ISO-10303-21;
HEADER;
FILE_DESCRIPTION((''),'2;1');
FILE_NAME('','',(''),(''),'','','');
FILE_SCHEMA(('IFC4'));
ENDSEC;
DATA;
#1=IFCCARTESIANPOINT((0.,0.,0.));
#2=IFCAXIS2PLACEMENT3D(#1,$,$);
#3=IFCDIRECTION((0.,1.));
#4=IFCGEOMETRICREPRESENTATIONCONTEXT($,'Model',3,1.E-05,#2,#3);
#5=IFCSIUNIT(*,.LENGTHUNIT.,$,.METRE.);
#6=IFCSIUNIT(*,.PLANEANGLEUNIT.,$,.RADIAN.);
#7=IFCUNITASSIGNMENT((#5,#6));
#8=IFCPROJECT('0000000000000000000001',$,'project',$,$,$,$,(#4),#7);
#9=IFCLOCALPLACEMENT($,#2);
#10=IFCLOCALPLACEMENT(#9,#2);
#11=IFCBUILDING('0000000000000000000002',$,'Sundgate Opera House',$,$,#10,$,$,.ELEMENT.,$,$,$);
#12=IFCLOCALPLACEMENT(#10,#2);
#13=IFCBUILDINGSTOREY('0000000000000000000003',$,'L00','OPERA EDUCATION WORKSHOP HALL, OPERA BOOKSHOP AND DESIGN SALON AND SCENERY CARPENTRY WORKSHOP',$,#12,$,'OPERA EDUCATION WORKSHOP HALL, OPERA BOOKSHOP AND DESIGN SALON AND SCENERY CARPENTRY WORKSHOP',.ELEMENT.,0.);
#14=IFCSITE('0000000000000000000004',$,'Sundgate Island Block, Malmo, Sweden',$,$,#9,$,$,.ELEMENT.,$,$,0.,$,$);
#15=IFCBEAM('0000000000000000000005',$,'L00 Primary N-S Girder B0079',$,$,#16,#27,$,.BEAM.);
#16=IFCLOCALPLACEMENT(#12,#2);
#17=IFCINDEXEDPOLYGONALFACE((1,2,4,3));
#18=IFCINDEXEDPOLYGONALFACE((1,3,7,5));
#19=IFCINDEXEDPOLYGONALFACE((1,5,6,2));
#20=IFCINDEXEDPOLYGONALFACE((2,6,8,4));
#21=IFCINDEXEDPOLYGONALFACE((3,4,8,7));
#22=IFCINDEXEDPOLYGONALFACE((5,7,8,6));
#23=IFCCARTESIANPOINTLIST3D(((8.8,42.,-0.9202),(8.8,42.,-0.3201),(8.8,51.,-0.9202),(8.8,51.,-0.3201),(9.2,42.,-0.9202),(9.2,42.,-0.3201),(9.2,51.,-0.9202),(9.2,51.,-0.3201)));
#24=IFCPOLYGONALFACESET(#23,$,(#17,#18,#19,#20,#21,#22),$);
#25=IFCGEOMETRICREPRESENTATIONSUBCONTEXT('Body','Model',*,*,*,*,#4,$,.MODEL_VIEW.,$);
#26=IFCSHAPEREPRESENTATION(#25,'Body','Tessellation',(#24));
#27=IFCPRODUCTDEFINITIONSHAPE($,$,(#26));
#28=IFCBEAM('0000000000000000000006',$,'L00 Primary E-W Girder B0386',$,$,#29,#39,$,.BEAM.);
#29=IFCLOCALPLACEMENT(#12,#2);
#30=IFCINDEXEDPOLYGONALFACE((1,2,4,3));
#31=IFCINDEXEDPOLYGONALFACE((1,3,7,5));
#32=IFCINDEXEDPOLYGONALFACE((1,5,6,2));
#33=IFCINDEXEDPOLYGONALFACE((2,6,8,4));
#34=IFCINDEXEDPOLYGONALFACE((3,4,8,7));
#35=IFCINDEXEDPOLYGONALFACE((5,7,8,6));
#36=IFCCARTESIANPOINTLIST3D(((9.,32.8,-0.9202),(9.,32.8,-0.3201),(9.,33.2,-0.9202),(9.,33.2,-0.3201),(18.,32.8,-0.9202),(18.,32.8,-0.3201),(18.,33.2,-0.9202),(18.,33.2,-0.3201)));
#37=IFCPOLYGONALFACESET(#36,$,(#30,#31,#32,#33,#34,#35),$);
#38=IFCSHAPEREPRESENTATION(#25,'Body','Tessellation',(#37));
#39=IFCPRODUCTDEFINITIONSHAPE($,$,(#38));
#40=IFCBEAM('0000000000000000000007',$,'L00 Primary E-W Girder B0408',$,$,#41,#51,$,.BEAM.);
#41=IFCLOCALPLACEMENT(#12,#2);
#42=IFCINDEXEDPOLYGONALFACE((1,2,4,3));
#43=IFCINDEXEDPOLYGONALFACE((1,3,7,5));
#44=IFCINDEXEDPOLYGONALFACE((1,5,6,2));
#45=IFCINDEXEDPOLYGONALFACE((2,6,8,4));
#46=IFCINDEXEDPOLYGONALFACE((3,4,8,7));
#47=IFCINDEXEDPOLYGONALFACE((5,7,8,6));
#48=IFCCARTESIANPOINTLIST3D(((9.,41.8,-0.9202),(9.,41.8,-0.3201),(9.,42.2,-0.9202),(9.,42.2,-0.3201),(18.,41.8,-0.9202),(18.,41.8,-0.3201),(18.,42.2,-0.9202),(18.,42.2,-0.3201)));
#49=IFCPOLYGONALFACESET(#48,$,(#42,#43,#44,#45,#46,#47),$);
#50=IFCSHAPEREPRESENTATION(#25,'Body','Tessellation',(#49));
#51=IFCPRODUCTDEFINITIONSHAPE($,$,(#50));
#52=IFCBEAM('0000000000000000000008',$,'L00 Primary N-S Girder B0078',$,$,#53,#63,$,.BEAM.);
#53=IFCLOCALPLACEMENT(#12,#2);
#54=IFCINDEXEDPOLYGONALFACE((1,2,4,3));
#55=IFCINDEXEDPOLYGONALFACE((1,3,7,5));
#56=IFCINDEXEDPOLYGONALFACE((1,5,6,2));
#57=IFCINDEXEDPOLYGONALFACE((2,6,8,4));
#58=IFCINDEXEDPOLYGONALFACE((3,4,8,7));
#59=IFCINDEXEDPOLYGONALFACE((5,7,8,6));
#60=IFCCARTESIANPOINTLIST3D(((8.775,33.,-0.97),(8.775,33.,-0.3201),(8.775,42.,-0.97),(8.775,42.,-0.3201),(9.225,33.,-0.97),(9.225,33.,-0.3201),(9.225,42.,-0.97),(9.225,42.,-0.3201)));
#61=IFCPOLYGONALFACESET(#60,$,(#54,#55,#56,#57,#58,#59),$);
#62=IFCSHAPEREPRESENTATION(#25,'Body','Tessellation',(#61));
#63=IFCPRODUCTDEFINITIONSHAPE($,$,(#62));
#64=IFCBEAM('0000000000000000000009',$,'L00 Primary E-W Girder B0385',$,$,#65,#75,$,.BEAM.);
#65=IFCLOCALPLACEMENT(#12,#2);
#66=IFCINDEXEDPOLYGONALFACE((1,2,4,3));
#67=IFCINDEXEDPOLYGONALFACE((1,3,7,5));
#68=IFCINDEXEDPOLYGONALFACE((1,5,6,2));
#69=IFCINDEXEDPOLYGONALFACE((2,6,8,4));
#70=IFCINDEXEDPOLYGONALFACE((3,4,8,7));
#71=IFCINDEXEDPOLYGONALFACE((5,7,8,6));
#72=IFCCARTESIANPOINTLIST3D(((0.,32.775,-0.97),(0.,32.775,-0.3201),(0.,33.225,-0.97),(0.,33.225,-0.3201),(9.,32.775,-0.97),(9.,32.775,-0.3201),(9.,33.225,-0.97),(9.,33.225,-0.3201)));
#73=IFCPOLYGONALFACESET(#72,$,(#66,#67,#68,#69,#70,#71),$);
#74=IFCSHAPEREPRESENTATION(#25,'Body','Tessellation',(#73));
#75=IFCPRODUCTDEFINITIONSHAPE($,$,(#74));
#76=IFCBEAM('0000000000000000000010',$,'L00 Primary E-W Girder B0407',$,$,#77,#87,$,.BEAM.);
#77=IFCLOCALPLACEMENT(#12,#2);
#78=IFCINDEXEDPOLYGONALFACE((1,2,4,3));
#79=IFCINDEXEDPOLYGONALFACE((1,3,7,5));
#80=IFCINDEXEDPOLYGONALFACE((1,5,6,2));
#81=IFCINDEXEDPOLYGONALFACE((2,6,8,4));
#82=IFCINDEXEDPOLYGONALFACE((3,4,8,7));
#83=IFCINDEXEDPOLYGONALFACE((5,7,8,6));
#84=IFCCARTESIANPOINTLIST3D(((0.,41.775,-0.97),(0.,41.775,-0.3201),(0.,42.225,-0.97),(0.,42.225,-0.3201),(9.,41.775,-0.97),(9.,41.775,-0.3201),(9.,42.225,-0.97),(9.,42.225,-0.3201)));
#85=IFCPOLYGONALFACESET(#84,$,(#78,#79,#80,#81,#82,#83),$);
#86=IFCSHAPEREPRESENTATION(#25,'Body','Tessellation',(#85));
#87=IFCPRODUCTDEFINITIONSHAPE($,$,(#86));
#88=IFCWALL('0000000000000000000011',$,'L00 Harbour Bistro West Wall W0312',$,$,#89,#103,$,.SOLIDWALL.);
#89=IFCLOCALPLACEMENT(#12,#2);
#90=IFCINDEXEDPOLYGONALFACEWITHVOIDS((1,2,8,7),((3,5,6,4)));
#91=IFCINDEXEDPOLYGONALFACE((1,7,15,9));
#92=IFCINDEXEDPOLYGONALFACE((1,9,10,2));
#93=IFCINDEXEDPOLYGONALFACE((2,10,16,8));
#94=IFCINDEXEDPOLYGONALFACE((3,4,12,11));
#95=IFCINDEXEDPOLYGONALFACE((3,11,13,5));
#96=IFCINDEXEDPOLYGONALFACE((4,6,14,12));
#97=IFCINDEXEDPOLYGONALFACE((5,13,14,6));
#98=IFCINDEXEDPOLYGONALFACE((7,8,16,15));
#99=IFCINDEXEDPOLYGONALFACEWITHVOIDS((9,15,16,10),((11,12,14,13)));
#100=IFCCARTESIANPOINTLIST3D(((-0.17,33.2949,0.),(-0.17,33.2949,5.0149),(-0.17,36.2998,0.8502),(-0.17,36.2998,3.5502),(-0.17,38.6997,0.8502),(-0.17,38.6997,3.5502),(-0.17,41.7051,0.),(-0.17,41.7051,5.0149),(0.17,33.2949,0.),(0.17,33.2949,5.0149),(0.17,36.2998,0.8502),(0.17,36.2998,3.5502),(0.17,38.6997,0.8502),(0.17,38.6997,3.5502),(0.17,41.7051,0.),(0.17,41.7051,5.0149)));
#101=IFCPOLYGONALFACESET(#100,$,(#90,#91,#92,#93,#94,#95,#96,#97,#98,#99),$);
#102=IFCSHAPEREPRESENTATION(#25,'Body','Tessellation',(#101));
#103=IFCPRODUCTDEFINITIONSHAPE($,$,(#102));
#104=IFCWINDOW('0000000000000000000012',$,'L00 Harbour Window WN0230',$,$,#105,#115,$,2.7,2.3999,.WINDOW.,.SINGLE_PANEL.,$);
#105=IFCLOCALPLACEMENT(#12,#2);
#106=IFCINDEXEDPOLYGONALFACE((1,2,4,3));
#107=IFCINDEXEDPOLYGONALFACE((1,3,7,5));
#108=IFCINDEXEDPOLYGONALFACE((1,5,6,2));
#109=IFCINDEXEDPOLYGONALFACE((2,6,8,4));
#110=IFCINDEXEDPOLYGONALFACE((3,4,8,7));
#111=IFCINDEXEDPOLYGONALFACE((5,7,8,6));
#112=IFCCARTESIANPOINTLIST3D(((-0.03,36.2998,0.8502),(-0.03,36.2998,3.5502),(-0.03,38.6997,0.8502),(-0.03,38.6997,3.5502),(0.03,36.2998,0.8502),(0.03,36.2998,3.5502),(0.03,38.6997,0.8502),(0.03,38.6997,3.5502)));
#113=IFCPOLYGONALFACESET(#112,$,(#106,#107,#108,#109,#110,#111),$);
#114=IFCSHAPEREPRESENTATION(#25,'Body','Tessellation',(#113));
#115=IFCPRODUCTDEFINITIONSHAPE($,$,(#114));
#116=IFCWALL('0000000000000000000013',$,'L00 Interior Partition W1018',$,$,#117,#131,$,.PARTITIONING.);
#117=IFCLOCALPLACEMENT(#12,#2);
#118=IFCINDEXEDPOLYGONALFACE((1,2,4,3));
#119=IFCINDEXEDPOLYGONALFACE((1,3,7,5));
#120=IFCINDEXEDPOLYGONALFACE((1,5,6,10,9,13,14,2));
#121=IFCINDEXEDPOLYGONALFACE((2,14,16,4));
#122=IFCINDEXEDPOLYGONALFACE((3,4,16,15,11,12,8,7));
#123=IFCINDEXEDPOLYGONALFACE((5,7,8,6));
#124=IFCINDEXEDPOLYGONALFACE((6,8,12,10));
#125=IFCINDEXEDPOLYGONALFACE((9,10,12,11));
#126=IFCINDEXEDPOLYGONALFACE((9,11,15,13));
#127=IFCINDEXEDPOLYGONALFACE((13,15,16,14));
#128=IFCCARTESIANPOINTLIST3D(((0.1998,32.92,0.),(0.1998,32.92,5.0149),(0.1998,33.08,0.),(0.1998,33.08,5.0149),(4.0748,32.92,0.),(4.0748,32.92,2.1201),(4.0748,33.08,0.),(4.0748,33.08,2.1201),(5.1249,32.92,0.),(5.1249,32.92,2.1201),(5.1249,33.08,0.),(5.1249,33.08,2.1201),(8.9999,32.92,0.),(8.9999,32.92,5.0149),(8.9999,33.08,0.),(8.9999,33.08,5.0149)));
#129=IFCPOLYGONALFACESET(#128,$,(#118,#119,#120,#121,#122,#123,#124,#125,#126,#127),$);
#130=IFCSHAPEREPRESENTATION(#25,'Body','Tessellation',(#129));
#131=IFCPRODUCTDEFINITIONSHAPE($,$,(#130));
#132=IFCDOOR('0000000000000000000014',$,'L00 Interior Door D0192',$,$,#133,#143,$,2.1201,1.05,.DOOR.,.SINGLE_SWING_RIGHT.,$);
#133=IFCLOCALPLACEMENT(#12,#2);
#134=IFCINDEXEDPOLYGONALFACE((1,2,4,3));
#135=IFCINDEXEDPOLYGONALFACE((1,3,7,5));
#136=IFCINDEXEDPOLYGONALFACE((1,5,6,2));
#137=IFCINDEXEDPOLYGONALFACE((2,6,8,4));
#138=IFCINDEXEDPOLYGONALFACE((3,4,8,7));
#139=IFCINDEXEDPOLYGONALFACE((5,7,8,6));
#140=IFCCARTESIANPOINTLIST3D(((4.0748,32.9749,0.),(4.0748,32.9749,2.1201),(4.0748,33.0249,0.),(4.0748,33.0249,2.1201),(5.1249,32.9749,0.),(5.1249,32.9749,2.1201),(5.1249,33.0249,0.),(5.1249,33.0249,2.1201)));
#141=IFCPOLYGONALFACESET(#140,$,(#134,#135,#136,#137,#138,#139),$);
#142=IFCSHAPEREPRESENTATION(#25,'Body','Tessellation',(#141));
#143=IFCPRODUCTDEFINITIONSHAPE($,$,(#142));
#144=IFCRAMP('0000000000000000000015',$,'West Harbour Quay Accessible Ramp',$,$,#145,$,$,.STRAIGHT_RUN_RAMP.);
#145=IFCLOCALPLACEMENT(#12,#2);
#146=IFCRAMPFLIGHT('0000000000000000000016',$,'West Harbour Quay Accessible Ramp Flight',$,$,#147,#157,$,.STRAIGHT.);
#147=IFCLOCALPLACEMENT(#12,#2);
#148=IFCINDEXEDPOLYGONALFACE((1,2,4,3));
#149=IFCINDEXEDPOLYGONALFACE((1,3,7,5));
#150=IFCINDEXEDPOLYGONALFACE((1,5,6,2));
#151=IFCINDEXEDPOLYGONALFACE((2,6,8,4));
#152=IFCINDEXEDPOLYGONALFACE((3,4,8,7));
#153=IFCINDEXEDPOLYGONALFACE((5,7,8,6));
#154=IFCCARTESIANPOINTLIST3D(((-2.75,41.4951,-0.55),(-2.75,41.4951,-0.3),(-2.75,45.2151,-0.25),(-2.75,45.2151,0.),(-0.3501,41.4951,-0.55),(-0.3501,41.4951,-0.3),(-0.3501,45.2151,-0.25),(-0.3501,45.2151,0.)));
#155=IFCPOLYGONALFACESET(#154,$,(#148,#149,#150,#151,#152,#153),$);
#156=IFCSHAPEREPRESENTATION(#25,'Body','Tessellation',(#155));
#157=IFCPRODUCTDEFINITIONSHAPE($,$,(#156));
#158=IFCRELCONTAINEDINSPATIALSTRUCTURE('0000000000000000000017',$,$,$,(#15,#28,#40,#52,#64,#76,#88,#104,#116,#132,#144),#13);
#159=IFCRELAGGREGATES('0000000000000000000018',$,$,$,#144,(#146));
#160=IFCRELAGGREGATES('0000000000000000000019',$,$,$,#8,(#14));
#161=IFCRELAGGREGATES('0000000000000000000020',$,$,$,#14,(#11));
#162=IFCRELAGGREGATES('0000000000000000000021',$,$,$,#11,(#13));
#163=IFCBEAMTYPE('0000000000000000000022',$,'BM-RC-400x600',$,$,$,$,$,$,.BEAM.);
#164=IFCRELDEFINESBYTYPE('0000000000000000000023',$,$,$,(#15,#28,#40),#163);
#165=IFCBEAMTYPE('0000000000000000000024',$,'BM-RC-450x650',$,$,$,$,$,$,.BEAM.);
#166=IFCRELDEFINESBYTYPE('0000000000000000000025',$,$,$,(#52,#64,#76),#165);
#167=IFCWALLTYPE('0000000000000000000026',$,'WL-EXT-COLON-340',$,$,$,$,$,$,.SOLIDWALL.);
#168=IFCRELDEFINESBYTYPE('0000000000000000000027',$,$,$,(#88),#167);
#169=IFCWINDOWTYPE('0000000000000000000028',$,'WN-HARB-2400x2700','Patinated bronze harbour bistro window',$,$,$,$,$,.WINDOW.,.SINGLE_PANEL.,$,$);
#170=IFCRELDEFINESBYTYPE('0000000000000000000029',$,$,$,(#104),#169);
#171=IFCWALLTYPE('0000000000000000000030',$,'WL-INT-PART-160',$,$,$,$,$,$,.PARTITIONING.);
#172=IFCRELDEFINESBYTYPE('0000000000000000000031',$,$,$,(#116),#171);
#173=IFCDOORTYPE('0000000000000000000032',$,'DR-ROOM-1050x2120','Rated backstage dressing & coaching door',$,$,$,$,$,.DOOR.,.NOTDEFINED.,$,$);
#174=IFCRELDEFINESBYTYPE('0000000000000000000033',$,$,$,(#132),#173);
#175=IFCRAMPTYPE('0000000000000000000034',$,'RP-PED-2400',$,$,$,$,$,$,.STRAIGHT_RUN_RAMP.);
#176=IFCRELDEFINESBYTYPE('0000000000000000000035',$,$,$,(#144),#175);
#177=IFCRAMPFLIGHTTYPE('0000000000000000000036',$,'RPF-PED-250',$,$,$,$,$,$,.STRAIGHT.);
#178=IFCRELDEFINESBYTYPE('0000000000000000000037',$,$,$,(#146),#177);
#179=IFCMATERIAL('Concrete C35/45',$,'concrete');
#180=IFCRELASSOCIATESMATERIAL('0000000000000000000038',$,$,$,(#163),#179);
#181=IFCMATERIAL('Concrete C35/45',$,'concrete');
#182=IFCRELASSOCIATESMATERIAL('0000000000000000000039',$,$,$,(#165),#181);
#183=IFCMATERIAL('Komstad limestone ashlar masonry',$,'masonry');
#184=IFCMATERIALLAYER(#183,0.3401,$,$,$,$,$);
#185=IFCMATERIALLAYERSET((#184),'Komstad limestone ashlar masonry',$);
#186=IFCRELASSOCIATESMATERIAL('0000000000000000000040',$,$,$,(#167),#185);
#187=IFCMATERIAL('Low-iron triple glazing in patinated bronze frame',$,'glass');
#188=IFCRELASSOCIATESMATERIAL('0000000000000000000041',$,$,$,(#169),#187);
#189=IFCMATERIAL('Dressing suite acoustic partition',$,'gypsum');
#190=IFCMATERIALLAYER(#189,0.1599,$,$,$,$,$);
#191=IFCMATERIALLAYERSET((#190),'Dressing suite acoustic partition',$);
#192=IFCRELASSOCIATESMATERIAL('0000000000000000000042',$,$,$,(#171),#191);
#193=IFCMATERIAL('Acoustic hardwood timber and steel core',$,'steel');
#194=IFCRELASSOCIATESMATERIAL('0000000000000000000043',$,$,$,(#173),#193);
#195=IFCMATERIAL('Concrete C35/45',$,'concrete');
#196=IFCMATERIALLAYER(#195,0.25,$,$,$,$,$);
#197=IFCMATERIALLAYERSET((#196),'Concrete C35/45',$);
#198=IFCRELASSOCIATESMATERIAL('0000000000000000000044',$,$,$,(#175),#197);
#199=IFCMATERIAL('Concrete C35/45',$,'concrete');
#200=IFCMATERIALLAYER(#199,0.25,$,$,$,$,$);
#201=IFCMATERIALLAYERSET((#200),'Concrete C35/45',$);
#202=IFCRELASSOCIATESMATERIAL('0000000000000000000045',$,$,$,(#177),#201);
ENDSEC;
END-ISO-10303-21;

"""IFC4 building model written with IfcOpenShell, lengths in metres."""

from ifc_helpers import new_model, si_unit, direction, frame, frame_2d, origin, origin_2d, place, context, subcontext, project, spatial, polyline, rectangle, outline, extrude, material, layer, layer_set, material_profile, profile_set, type_object, element, fill, aggregate, save


model = new_model("IFC4")

# Units and contexts
model_context = context("Model", 3, precision=1e-05, world=origin(), true_north=direction((0.0, 1.0)))
body_context = subcontext(model_context, "Body", "Model", "MODEL_VIEW")
ifc_project = project(units=[si_unit("LENGTHUNIT", "METRE"), si_unit("PLANEANGLEUNIT", "RADIAN")], contexts=[model_context])

# Site, building, storey
site_placement = place(None, origin())
site = spatial("IfcSite", under=ifc_project, at=site_placement, Name="Sundgate Island Block, Malmo, Sweden", CompositionType="ELEMENT", RefElevation=0.0)
building_placement = place(site_placement, origin())
building = spatial("IfcBuilding", under=site, at=building_placement, Name="Sundgate Opera House", CompositionType="ELEMENT")
storey_placement = place(building_placement, origin())
storey = spatial("IfcBuildingStorey", under=building, at=storey_placement, Name="L00", Description="OPERA EDUCATION WORKSHOP HALL, OPERA BOOKSHOP AND DESIGN SALON AND SCENERY CARPENTRY WORKSHOP", LongName="OPERA EDUCATION WORKSHOP HALL, OPERA BOOKSHOP AND DESIGN SALON AND SCENERY CARPENTRY WORKSHOP", CompositionType="ELEMENT", Elevation=0.0)

# Beams
ifc_material_1 = material(Name="Concrete C35/45", Category="concrete")
ifc_material_profile_1 = material_profile(ifc_material_1, rectangle(XDim=0.3999, YDim=0.6001, at=origin_2d()), Name="RC 400x600")
ifc_profile_set_1 = profile_set([ifc_material_profile_1], Name="Concrete C35/45")
beam_type_1 = type_object("IfcBeamType", Name="BM-RC-400x600", PredefinedType="BEAM", material=ifc_profile_set_1)
for number, where, z_axis, x_axis, name in (
    (1, (9.0, 42.0, -0.6201), (0.0, 1.0, 0.0), (-1.0, 0.0, 0.0), "L00 Primary N-S Girder B0079"),
    (2, (9.0, 33.0, -0.6201), (1.0, 0.0, 0.0), (0.0, 1.0, 0.0), "L00 Primary E-W Girder B0386"),
    (3, (9.0, 42.0, -0.6201), (1.0, 0.0, 0.0), (0.0, 1.0, 0.0), "L00 Primary E-W Girder B0408"),
):
    element("IfcBeam", number, at=place(storey_placement, frame(where, z_axis=z_axis, x_axis=x_axis)), inside=storey, type_object=beam_type_1, Name=name, PredefinedType="BEAM", context=body_context, shape_type="SweptSolid", body=[
        extrude(rectangle(XDim=0.3999, YDim=0.6001, at=origin_2d()), origin(), (0.0, 0.0, 1.0), 9.0),
    ])
ifc_material_2 = material(Name="Concrete C35/45", Category="concrete")
ifc_material_profile_2 = material_profile(ifc_material_2, rectangle(XDim=0.45, YDim=0.6499, at=origin_2d()), Name="RC 450x650")
ifc_profile_set_2 = profile_set([ifc_material_profile_2], Name="Concrete C35/45")
beam_type_2 = type_object("IfcBeamType", Name="BM-RC-450x650", PredefinedType="BEAM", material=ifc_profile_set_2)
for number, where, z_axis, x_axis, name in (
    (4, (9.0, 33.0, -0.645), (0.0, 1.0, 0.0), (-1.0, 0.0, 0.0), "L00 Primary N-S Girder B0078"),
    (5, (0.0, 33.0, -0.645), (1.0, 0.0, 0.0), (0.0, 1.0, 0.0), "L00 Primary E-W Girder B0385"),
    (6, (0.0, 42.0, -0.645), (1.0, 0.0, 0.0), (0.0, 1.0, 0.0), "L00 Primary E-W Girder B0407"),
):
    element("IfcBeam", number, at=place(storey_placement, frame(where, z_axis=z_axis, x_axis=x_axis)), inside=storey, type_object=beam_type_2, Name=name, PredefinedType="BEAM", context=body_context, shape_type="SweptSolid", body=[
        extrude(rectangle(XDim=0.45, YDim=0.6499, at=origin_2d()), origin(), (0.0, 0.0, 1.0), 9.0),
    ])

# Wall, opening, window
ifc_material_3 = material(Name="Komstad limestone ashlar masonry", Category="masonry")
ifc_layer_1 = layer(ifc_material_3, 0.3401)
ifc_layer_set_1 = layer_set([ifc_layer_1], Name="Komstad limestone ashlar masonry")
wall_type_1 = type_object("IfcWallType", Name="WL-EXT-COLON-340", PredefinedType="SOLIDWALL", material=ifc_layer_set_1)
wall_1_placement = place(storey_placement, frame((0.0, 33.2949, 0.0), z_axis=(0.0, 0.0, 1.0), x_axis=(0.0, 1.0, 0.0)))
wall_1 = element("IfcWall", 7, at=wall_1_placement, inside=storey, type_object=wall_type_1, Name="L00 Harbour Bistro West Wall W0312", PredefinedType="SOLIDWALL", context=body_context, shape_type="SweptSolid", body=[
    extrude(rectangle(XDim=8.4102, YDim=0.3401, at=frame_2d((4.2051, 0.0))), origin(), (0.0, 0.0, 1.0), 5.0149),
])
opening_1_placement = place(wall_1_placement, frame((3.0049, 0.0, 0.8501)))
opening_1 = element("IfcOpeningElement", 8, at=opening_1_placement, cuts=wall_1, PredefinedType="OPENING", context=body_context, shape_type="SweptSolid", body=[
    extrude(rectangle(XDim=2.3999, YDim=2.7, at=frame_2d((1.2, 1.3501))), frame((0.0, 0.1799, 0.0), z_axis=(0.0, -1.0, 0.0), x_axis=(1.0, 0.0, 0.0)), (0.0, 0.0, 1.0), 0.3601),
])
ifc_material_4 = material(Name="Low-iron triple glazing in patinated bronze frame", Category="glass")
window_type = type_object("IfcWindowType", Name="WN-HARB-2400x2700", Description="Patinated bronze harbour bistro window", PartitioningType="SINGLE_PANEL", PredefinedType="WINDOW", material=ifc_material_4)
window_placement = place(opening_1_placement, origin())
window = element("IfcWindow", 9, at=window_placement, inside=storey, type_object=window_type, Name="L00 Harbour Window WN0230", OverallHeight=2.7, OverallWidth=2.3999, PartitioningType="SINGLE_PANEL", PredefinedType="WINDOW", context=body_context, shape_type="SweptSolid", body=[
    extrude(rectangle(XDim=2.3999, YDim=2.7, at=frame_2d((1.2, 1.3501))), frame((0.0, 0.03, 0.0), z_axis=(0.0, -1.0, 0.0), x_axis=(1.0, 0.0, 0.0)), (0.0, 0.0, 1.0), 0.0601),
])
fill(opening_1, window)

# Wall, opening, door
ifc_material_5 = material(Name="Dressing suite acoustic partition", Category="gypsum")
ifc_layer_2 = layer(ifc_material_5, 0.1599)
ifc_layer_set_2 = layer_set([ifc_layer_2], Name="Dressing suite acoustic partition")
wall_type_2 = type_object("IfcWallType", Name="WL-INT-PART-160", PredefinedType="PARTITIONING", material=ifc_layer_set_2)
wall_2_placement = place(storey_placement, frame((0.2, 33.0, 0.0), z_axis=(0.0, 0.0, 1.0), x_axis=(1.0, 0.0, 0.0)))
wall_2 = element("IfcWall", 10, at=wall_2_placement, inside=storey, type_object=wall_type_2, Name="L00 Interior Partition W1018", PredefinedType="PARTITIONING", context=body_context, shape_type="SweptSolid", body=[
    extrude(rectangle(XDim=8.8, YDim=0.1599, at=frame_2d((4.3999, 0.0))), origin(), (0.0, 0.0, 1.0), 5.0149),
])
opening_2_placement = place(wall_2_placement, frame((3.875, 0.0, 0.0)))
opening_2 = element("IfcOpeningElement", 11, at=opening_2_placement, cuts=wall_2, PredefinedType="OPENING", context=body_context, shape_type="SweptSolid", body=[
    extrude(rectangle(XDim=1.05, YDim=2.1201, at=frame_2d((0.5249, 1.0601))), frame((0.0, 0.0898, 0.0), z_axis=(0.0, -1.0, 0.0), x_axis=(1.0, 0.0, 0.0)), (0.0, 0.0, 1.0), 0.1799),
])
ifc_material_6 = material(Name="Acoustic hardwood timber and steel core", Category="steel")
door_type_1 = type_object("IfcDoorType", Name="DR-ROOM-1050x2120", Description="Rated backstage dressing & coaching door", OperationType="NOTDEFINED", PredefinedType="DOOR", material=ifc_material_6)
door_1_placement = place(opening_2_placement, origin())
door_1 = element("IfcDoor", 12, at=door_1_placement, inside=storey, type_object=door_type_1, Name="L00 Interior Door D0192", OperationType="SINGLE_SWING_RIGHT", OverallHeight=2.1201, OverallWidth=1.05, PredefinedType="DOOR", context=body_context, shape_type="SweptSolid", body=[
    extrude(rectangle(XDim=1.05, YDim=2.1201, at=frame_2d((0.5249, 1.0601))), frame((0.0, 0.0249, 0.0), z_axis=(0.0, -1.0, 0.0), x_axis=(1.0, 0.0, 0.0)), (0.0, 0.0, 1.0), 0.05),
])
fill(opening_2, door_1)

# Ramp, ramp flight
ifc_material_7 = material(Name="Concrete C35/45", Category="concrete")
ifc_layer_3 = layer(ifc_material_7, 0.25)
ifc_layer_set_3 = layer_set([ifc_layer_3], Name="Concrete C35/45")
ramp_type = type_object("IfcRampType", Name="RP-PED-2400", PredefinedType="STRAIGHT_RUN_RAMP", material=ifc_layer_set_3)
ramp_placement = place(storey_placement, origin())
ramp = element("IfcRamp", 13, at=ramp_placement, inside=storey, type_object=ramp_type, Name="West Harbour Quay Accessible Ramp", PredefinedType="STRAIGHT_RUN_RAMP")
ifc_material_8 = material(Name="Concrete C35/45", Category="concrete")
ifc_layer_4 = layer(ifc_material_8, 0.25)
ifc_layer_set_4 = layer_set([ifc_layer_4], Name="Concrete C35/45")
ramp_flight_type = type_object("IfcRampFlightType", Name="RPF-PED-250", PredefinedType="STRAIGHT", material=ifc_layer_set_4)
ramp_flight_placement = place(storey_placement, frame((-1.55, 41.4951, -0.3), z_axis=(0.0, 0.0, 1.0), x_axis=(0.0, 1.0, 0.0)))
ramp_flight = element("IfcRampFlight", 14, at=ramp_flight_placement, type_object=ramp_flight_type, Name="West Harbour Quay Accessible Ramp Flight", PredefinedType="STRAIGHT", context=body_context, shape_type="SweptSolid", body=[
    extrude(outline(polyline([(0.0, 0.0), (0.0, -0.25), (3.72, 0.05), (3.72, 0.3), (0.0, 0.0)])), frame((0.0, 1.2, 0.0), z_axis=(0.0, -1.0, 0.0), x_axis=(1.0, 0.0, 0.0)), (0.0, 0.0, 1.0), 2.3999),
])
aggregate(ramp, [ramp_flight])

save(model, "model.ifc")
